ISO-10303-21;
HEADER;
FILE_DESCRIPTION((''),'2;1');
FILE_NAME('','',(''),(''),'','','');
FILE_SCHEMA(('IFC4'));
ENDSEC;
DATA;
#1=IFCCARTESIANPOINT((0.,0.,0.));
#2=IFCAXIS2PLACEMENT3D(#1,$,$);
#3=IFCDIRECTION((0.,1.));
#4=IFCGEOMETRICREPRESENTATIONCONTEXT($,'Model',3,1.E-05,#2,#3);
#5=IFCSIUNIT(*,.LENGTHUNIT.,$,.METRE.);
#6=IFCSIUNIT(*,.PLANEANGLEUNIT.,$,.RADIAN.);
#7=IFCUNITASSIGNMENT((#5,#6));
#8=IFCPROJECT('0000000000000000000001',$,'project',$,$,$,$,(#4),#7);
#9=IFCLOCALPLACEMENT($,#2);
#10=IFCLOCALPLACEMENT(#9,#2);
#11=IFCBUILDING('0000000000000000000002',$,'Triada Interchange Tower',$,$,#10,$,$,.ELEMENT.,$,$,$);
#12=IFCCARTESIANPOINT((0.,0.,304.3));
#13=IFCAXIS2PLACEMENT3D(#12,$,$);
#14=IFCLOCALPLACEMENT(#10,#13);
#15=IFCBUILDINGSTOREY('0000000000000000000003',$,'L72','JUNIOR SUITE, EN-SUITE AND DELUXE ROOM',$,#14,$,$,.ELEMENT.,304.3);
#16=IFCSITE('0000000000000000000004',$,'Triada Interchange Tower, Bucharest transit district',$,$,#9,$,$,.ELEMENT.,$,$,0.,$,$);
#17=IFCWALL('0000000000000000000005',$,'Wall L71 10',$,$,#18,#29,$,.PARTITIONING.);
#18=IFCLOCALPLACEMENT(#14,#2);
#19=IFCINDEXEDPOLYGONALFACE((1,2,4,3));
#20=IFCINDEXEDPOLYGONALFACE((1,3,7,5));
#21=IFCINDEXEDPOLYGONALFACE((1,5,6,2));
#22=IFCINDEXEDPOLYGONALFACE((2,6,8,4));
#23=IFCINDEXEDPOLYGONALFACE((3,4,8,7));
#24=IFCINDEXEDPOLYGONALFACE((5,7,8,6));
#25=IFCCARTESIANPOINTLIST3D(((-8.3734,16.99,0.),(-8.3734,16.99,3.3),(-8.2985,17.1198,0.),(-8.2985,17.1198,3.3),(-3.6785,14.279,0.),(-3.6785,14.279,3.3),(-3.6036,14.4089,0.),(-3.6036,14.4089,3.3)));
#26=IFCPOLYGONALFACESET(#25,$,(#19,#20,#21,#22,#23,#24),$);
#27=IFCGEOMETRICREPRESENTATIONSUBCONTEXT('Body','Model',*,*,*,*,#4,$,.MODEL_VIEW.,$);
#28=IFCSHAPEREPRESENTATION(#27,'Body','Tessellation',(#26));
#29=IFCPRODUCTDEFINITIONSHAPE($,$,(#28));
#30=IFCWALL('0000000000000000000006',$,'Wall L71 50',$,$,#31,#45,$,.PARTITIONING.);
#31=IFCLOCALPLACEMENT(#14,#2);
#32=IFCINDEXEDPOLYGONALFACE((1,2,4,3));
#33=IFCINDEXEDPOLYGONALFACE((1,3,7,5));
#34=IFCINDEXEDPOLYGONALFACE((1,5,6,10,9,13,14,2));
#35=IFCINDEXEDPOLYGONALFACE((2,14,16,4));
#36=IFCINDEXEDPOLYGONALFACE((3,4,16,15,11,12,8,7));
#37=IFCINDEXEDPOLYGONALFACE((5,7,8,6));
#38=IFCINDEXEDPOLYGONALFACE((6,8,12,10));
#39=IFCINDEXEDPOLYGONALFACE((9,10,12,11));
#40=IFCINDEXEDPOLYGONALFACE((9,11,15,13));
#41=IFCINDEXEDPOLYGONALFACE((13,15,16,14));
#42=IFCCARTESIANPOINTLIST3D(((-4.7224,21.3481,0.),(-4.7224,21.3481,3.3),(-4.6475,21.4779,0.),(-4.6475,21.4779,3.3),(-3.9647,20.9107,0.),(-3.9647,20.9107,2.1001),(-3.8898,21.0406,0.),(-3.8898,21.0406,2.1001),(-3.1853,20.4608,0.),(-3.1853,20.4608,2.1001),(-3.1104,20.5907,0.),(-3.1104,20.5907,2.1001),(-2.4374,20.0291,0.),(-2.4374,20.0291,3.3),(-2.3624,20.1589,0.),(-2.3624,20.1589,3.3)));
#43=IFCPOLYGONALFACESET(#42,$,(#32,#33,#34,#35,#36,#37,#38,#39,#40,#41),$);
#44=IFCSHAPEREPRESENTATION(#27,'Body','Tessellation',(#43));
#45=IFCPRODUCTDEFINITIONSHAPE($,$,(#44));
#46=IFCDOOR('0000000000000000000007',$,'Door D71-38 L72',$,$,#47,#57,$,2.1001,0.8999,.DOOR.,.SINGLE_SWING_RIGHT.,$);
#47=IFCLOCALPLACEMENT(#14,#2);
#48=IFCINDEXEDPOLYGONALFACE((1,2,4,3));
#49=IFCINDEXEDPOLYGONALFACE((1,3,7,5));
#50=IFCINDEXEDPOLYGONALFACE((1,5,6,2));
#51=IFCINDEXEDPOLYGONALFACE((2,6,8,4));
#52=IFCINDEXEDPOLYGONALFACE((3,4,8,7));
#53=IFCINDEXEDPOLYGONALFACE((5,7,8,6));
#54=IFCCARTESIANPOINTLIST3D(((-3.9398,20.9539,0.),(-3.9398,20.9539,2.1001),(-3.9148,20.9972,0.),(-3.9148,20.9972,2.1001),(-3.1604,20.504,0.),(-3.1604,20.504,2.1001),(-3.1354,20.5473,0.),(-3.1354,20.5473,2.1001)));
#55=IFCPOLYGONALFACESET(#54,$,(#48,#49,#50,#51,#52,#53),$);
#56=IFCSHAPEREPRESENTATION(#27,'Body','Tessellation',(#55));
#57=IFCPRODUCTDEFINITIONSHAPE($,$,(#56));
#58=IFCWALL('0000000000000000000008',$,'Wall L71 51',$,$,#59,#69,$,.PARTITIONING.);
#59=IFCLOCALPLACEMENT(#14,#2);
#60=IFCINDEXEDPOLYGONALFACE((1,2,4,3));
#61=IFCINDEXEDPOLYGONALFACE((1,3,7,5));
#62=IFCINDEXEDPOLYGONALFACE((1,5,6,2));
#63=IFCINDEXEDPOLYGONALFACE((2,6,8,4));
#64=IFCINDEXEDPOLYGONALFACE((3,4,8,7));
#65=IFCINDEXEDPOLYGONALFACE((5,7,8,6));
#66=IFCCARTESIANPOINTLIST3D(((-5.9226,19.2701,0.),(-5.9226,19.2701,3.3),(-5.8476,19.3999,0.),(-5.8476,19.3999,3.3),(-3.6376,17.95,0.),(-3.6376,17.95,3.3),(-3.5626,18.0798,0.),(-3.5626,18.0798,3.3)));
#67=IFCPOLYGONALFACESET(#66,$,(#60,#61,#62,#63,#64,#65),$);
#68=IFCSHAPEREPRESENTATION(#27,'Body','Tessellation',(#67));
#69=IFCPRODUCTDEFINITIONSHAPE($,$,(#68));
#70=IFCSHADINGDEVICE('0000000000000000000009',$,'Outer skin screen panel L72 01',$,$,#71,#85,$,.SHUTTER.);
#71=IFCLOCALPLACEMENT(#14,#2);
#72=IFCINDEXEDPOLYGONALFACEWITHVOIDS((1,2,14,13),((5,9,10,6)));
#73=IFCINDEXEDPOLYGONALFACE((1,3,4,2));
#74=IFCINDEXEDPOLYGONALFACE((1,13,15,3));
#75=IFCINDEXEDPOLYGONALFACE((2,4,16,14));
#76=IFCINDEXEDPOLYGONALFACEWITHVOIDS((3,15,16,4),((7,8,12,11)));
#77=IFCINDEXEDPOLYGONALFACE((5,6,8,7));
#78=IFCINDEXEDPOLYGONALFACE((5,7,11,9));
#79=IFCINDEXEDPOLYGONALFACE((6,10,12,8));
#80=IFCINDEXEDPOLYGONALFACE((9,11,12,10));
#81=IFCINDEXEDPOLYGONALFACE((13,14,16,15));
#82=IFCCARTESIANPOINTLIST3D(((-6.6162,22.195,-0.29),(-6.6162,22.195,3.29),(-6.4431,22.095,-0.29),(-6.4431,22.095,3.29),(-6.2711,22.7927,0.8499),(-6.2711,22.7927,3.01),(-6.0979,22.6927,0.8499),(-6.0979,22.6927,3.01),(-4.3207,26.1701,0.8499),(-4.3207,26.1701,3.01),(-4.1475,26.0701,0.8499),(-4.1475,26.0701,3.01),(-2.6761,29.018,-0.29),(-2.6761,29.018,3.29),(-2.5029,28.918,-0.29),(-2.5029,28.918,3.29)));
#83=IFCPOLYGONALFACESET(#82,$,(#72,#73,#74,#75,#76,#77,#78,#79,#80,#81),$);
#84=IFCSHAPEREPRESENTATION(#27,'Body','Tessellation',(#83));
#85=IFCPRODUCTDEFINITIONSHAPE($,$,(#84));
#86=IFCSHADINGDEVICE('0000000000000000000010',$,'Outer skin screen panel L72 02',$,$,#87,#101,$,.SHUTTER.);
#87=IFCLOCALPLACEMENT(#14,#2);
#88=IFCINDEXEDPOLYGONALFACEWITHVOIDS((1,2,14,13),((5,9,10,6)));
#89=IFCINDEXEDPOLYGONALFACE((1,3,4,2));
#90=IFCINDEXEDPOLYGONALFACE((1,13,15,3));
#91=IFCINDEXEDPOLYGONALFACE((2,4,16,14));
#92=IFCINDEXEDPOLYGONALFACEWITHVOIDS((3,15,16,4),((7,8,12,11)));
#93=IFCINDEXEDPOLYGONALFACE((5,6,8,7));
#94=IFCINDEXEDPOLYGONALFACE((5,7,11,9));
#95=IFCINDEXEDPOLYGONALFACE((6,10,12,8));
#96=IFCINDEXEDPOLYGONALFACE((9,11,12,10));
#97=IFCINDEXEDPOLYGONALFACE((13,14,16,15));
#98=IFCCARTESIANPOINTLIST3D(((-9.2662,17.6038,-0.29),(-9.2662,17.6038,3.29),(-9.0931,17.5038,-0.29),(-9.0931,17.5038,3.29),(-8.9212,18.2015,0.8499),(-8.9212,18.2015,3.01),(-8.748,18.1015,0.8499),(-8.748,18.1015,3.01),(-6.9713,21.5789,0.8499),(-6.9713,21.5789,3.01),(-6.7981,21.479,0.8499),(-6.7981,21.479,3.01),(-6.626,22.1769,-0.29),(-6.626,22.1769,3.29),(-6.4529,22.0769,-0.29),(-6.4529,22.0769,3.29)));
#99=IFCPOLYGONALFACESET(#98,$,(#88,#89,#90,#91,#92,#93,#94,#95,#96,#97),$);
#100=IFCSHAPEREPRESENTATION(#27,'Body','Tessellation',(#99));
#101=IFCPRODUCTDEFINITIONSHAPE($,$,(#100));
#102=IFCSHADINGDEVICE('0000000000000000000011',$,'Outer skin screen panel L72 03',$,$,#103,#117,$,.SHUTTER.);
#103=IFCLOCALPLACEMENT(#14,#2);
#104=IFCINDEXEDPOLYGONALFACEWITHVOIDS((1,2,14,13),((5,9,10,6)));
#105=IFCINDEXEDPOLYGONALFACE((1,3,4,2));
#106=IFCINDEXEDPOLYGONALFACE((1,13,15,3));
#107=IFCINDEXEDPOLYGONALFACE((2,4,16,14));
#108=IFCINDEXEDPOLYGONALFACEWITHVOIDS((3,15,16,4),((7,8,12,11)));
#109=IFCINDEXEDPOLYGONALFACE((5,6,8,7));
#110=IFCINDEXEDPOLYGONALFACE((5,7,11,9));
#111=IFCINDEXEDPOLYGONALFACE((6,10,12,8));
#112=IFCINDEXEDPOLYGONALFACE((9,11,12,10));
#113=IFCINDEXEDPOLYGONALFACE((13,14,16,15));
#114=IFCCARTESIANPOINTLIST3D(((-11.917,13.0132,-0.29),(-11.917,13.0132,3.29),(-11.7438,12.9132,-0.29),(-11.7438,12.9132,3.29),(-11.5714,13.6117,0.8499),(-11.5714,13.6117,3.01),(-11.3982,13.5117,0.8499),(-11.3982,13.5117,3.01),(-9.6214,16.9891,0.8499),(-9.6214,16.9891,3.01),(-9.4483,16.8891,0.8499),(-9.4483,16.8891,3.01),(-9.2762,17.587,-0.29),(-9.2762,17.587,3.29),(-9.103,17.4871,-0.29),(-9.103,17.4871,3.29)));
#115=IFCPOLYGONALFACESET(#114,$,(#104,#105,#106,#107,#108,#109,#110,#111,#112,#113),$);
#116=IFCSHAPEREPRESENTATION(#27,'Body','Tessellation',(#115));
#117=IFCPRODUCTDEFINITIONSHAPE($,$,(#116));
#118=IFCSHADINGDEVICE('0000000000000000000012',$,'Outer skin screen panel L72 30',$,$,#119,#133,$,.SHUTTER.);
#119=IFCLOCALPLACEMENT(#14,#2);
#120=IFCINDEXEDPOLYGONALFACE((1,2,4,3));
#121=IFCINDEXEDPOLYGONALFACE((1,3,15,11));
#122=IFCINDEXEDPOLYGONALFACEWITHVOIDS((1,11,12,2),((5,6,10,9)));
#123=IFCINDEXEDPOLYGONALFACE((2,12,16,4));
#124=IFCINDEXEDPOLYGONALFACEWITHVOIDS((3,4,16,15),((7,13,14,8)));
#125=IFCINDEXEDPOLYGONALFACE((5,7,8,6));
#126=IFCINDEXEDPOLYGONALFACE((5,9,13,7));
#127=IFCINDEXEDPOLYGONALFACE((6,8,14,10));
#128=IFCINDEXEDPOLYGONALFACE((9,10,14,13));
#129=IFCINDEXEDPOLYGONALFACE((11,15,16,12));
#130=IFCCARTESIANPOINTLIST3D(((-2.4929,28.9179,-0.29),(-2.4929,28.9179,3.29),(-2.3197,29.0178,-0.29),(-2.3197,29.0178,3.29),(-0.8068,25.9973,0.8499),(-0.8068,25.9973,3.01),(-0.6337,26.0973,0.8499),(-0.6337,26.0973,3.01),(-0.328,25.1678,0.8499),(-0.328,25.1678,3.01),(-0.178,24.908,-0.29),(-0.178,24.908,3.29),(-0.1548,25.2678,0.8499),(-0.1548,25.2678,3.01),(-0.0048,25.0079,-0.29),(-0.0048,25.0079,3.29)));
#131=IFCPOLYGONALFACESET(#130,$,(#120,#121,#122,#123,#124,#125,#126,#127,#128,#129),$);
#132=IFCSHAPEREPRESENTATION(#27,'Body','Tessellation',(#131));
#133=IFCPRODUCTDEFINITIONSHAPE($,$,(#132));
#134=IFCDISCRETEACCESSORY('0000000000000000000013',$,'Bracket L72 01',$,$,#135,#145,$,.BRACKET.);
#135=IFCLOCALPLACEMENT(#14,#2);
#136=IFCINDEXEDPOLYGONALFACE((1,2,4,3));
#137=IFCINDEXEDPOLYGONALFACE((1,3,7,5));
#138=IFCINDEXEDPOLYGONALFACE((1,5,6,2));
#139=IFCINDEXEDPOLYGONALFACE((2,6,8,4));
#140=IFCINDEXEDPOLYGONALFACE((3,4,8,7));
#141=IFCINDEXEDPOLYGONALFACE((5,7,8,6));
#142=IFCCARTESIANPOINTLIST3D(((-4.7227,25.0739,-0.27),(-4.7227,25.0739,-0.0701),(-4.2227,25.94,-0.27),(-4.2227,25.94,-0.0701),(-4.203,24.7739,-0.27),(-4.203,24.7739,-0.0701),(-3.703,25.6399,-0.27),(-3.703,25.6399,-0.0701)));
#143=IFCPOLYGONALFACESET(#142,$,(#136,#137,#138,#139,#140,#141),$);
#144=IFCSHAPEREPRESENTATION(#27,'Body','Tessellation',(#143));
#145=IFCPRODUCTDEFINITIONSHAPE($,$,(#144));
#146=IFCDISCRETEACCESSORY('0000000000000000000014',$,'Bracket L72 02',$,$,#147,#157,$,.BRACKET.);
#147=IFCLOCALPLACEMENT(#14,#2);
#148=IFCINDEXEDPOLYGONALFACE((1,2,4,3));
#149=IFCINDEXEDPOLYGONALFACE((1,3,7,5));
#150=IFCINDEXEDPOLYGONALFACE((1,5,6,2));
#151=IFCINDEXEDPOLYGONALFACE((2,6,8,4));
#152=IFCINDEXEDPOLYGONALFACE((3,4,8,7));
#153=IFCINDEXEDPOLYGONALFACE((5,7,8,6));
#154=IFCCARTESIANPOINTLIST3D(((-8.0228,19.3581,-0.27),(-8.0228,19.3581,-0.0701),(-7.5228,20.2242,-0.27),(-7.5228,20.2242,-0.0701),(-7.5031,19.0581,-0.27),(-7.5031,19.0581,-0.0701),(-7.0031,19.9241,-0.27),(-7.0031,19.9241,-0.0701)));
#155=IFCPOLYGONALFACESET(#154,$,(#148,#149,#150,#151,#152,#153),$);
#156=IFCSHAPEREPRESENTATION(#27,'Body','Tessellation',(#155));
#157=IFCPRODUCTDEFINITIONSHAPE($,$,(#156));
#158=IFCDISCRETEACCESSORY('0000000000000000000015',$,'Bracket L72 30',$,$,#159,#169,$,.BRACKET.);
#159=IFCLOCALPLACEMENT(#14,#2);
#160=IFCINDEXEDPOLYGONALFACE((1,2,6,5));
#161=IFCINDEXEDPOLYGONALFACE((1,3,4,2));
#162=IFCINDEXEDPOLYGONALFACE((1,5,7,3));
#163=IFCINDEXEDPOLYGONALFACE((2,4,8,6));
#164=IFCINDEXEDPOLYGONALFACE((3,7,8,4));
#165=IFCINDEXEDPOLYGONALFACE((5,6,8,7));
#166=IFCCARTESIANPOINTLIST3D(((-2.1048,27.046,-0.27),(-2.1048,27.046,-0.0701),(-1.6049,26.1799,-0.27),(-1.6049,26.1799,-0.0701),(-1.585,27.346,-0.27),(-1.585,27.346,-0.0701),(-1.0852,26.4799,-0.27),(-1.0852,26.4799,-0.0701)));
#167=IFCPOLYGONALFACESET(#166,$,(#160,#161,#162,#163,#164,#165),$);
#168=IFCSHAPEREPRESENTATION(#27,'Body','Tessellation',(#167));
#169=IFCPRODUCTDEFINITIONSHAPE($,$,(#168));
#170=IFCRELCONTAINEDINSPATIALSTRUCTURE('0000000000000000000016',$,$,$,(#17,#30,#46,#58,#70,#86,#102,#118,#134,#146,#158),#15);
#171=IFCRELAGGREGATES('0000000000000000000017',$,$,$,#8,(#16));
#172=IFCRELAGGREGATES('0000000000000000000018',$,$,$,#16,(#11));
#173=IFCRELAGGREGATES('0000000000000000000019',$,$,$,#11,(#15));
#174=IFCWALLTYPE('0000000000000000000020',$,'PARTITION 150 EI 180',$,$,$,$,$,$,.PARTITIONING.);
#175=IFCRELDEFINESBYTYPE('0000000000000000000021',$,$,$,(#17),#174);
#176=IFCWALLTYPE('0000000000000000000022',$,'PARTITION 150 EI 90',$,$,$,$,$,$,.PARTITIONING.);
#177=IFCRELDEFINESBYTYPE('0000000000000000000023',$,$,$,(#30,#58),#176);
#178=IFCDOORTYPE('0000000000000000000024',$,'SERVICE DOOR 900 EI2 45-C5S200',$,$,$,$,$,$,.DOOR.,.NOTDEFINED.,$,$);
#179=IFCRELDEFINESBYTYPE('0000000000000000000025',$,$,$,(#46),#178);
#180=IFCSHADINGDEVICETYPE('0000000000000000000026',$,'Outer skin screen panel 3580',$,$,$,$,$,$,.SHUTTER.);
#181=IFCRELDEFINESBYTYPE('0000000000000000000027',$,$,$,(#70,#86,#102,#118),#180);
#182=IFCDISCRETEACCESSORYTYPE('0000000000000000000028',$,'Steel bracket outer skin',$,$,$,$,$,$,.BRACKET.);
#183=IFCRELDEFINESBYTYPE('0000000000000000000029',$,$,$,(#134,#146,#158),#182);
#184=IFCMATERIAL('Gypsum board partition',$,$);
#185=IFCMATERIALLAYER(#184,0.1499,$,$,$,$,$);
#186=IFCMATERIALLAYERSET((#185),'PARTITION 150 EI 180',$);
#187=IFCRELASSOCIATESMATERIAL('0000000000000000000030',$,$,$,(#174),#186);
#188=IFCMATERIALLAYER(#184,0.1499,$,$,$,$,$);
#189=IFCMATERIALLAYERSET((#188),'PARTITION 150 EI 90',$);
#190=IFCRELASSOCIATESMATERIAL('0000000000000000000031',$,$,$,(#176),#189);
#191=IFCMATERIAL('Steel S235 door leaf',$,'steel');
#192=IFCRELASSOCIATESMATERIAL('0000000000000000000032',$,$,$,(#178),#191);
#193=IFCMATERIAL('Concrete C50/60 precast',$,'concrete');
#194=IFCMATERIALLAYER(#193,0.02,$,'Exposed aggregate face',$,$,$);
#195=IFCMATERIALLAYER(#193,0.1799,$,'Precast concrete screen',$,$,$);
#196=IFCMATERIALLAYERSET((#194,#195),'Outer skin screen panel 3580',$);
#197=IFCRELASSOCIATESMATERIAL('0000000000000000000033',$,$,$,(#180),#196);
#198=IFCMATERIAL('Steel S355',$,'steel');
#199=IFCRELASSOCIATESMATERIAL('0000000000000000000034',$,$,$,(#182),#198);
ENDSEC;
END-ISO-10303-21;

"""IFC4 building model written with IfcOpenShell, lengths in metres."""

from ifc_helpers import new_model, si_unit, direction, frame, frame_2d, origin, origin_2d, place, context, subcontext, project, spatial, polyline, rectangle, outline, extrude, material, layer, layer_set, type_object, element, fill, save


model = new_model("IFC4")

# Units and contexts
model_context = context("Model", 3, precision=1e-05, world=origin(), true_north=direction((0.0, 1.0)))
body_context = subcontext(model_context, "Body", "Model", "MODEL_VIEW")
ifc_project = project(units=[si_unit("LENGTHUNIT", "METRE"), si_unit("PLANEANGLEUNIT", "RADIAN")], contexts=[model_context])

# Site, building, storey
site_placement = place(None, origin())
site = spatial("IfcSite", under=ifc_project, at=site_placement, Name="Triada Interchange Tower, Bucharest transit district", CompositionType="ELEMENT", RefElevation=0.0)
building_placement = place(site_placement, origin())
building = spatial("IfcBuilding", under=site, at=building_placement, Name="Triada Interchange Tower", CompositionType="ELEMENT")
storey_placement = place(building_placement, frame((0.0, 0.0, 304.3)))
storey = spatial("IfcBuildingStorey", under=building, at=storey_placement, Name="L72", Description="JUNIOR SUITE, EN-SUITE AND DELUXE ROOM", CompositionType="ELEMENT", Elevation=304.3)

# Wall
ifc_material_1 = material(Name="Gypsum board partition")
ifc_layer_1 = layer(ifc_material_1, 0.1499)
ifc_layer_set_1 = layer_set([ifc_layer_1], Name="PARTITION 150 EI 180")
wall_type_1 = type_object("IfcWallType", Name="PARTITION 150 EI 180", PredefinedType="PARTITIONING", material=ifc_layer_set_1)
wall_1_placement = place(storey_placement, frame((-8.3359, 17.0549, 0.0), z_axis=(0.0, 0.0, 1.0), x_axis=(0.865995, -0.500052, 0.0)))
element("IfcWall", 1, at=wall_1_placement, inside=storey, type_object=wall_type_1, Name="Wall L71 10", PredefinedType="PARTITIONING", context=body_context, shape_type="SweptSolid", body=[
    extrude(rectangle(XDim=5.4214, YDim=0.1499, at=frame_2d((2.7107, 0.0))), origin(), (0.0, 0.0, 1.0), 3.3),
])

# Wall, opening, door
ifc_layer_2 = layer(ifc_material_1, 0.1499)
ifc_layer_set_2 = layer_set([ifc_layer_2], Name="PARTITION 150 EI 90")
wall_type_2 = type_object("IfcWallType", Name="PARTITION 150 EI 90", PredefinedType="PARTITIONING", material=ifc_layer_set_2)
wall_2_placement = place(storey_placement, frame((-4.6851, 21.4131, 0.0), z_axis=(0.0, 0.0, 1.0), x_axis=(0.866065, -0.499931, 0.0)))
wall_2 = element("IfcWall", 2, at=wall_2_placement, inside=storey, type_object=wall_type_2, Name="Wall L71 50", PredefinedType="PARTITIONING", context=body_context, shape_type="SweptSolid", body=[
    extrude(rectangle(XDim=2.6384, YDim=0.1499, at=frame_2d((1.3193, 0.0))), origin(), (0.0, 0.0, 1.0), 3.3),
])
opening_1_placement = place(wall_2_placement, frame((0.875, 0.0, 0.0)))
opening_1 = element("IfcOpeningElement", 3, at=opening_1_placement, cuts=wall_2, PredefinedType="OPENING", context=body_context, shape_type="SweptSolid", body=[
    extrude(rectangle(XDim=0.8999, YDim=2.1001, at=frame_2d((0.45, 1.05))), frame((0.0, 0.085, 0.0), z_axis=(0.0, -1.0, 0.0), x_axis=(1.0, 0.0, 0.0)), (0.0, 0.0, 1.0), 0.1699),
])
ifc_material_2 = material(Name="Steel S235 door leaf", Category="steel")
door_type = type_object("IfcDoorType", Name="SERVICE DOOR 900 EI2 45-C5S200", OperationType="NOTDEFINED", PredefinedType="DOOR", material=ifc_material_2)
door_placement = place(opening_1_placement, origin())
door = element("IfcDoor", 4, at=door_placement, inside=storey, type_object=door_type, Name="Door D71-38 L72", OperationType="SINGLE_SWING_RIGHT", OverallHeight=2.1001, OverallWidth=0.8999, PredefinedType="DOOR", context=body_context, shape_type="SweptSolid", body=[
    extrude(rectangle(XDim=0.8999, YDim=2.1001, at=frame_2d((0.45, 1.05))), frame((0.0, 0.0249, 0.0), z_axis=(0.0, -1.0, 0.0), x_axis=(1.0, 0.0, 0.0)), (0.0, 0.0, 1.0), 0.05),
])
fill(opening_1, door)

# Wall
wall_3_placement = place(storey_placement, frame((-5.885, 19.335, 0.0), z_axis=(0.0, 0.0, 1.0), x_axis=(0.865882, -0.500248, 0.0)))
element("IfcWall", 5, at=wall_3_placement, inside=storey, type_object=wall_type_2, Name="Wall L71 51", PredefinedType="PARTITIONING", context=body_context, shape_type="SweptSolid", body=[
    extrude(rectangle(XDim=2.6389, YDim=0.1499, at=frame_2d((1.3193, 0.0))), origin(), (0.0, 0.0, 1.0), 3.3),
])

# Shading devices
ifc_material_3 = material(Name="Concrete C50/60 precast", Category="concrete")
ifc_layer_3 = layer(ifc_material_3, 0.02, Name="Exposed aggregate face")
ifc_layer_4 = layer(ifc_material_3, 0.1799, Name="Precast concrete screen")
ifc_layer_set_3 = layer_set([ifc_layer_3, ifc_layer_4], Name="Outer skin screen panel 3580")
shading_device_type = type_object("IfcShadingDeviceType", Name="Outer skin screen panel 3580", PredefinedType="SHUTTER", material=ifc_layer_set_3)
shading_device_1_placement = place(storey_placement, frame((-2.5029, 28.918, -0.29), z_axis=(0.0, 0.0, 1.0), x_axis=(-0.500088, -0.865975, 0.0)))
element("IfcShadingDevice", 6, at=shading_device_1_placement, inside=storey, type_object=shading_device_type, Name="Outer skin screen panel L72 01", PredefinedType="SHUTTER", context=body_context, shape_type="SweptSolid", body=[
    extrude(outline(polyline([(0.0, 0.0), (7.8789, 0.0), (7.8789, 3.5801), (0.0, 3.5801), (0.0, 0.0)]), holes=[polyline([(3.2886, 1.1399), (3.2886, 3.3), (7.1887, 3.3), (7.1887, 1.1399), (3.2886, 1.1399)])]), frame((0.0, 0.0, 0.0), z_axis=(0.0, -1.0, 0.0), x_axis=(1.0, 0.0, 0.0)), (0.0, 0.0, 1.0), 0.2),
])
shading_device_2_placement = place(storey_placement, frame((-6.4529, 22.0769, -0.29), z_axis=(0.0, 0.0, 1.0), x_axis=(-0.499988, -0.866032, 0.0)))
element("IfcShadingDevice", 7, at=shading_device_2_placement, inside=storey, type_object=shading_device_type, Name="Outer skin screen panel L72 02", PredefinedType="SHUTTER", context=body_context, shape_type="SweptSolid", body=[
    extrude(outline(polyline([(0.0, 0.0), (5.2805, 0.0), (5.2805, 3.5801), (0.0, 3.5801), (0.0, 0.0)]), holes=[polyline([(0.6904, 1.1399), (0.6904, 3.3), (4.5903, 3.3), (4.5903, 1.1399), (0.6904, 1.1399)])]), frame((0.0, 0.0, 0.0), z_axis=(0.0, -1.0, 0.0), x_axis=(1.0, 0.0, 0.0)), (0.0, 0.0, 1.0), 0.2),
])
shading_device_3_placement = place(storey_placement, frame((-9.103, 17.4871, -0.29), z_axis=(0.0, 0.0, 1.0), x_axis=(-0.500012, -0.866019, 0.0)))
element("IfcShadingDevice", 8, at=shading_device_3_placement, inside=storey, type_object=shading_device_type, Name="Outer skin screen panel L72 03", PredefinedType="SHUTTER", context=body_context, shape_type="SweptSolid", body=[
    extrude(outline(polyline([(0.0, 0.0), (5.2815, 0.0), (5.2815, 3.5801), (0.0, 3.5801), (0.0, 0.0)]), holes=[polyline([(0.6904, 1.1399), (0.6904, 3.3), (4.5903, 3.3), (4.5903, 1.1399), (0.6904, 1.1399)])]), frame((0.0, 0.0, 0.0), z_axis=(0.0, -1.0, 0.0), x_axis=(1.0, 0.0, 0.0)), (0.0, 0.0, 1.0), 0.2),
])
shading_device_4_placement = place(storey_placement, frame((-0.178, 24.908, -0.29), z_axis=(0.0, 0.0, 1.0), x_axis=(-0.499961, 0.866048, 0.0)))
element("IfcShadingDevice", 9, at=shading_device_4_placement, inside=storey, type_object=shading_device_type, Name="Outer skin screen panel L72 30", PredefinedType="SHUTTER", context=body_context, shape_type="SweptSolid", body=[
    extrude(outline(polyline([(0.0, 0.0), (4.6301, 0.0), (4.6301, 3.5801), (0.0, 3.5801), (0.0, 0.0)]), holes=[polyline([(0.3, 1.1399), (0.3, 3.3), (1.2578, 3.3), (1.2578, 1.1399), (0.3, 1.1399)])]), frame((0.0, 0.0, 0.0), z_axis=(0.0, -1.0, 0.0), x_axis=(1.0, 0.0, 0.0)), (0.0, 0.0, 1.0), 0.2),
])

# Discrete accessories
ifc_material_4 = material(Name="Steel S355", Category="steel")
discrete_accessory_type = type_object("IfcDiscreteAccessoryType", Name="Steel bracket outer skin", PredefinedType="BRACKET", material=ifc_material_4)
for number, where, z_axis, x_axis, name in (
    (10, (-4.2129, 25.3569, -0.27), (0.0, 0.0, 1.0), (-0.866027, 0.499997, 0.0), "Bracket L72 01"),
    (11, (-7.5129, 19.6411, -0.27), (0.0, 0.0, 1.0), (-0.866027, 0.499997, 0.0), "Bracket L72 02"),
    (12, (-1.595, 26.7629, -0.27), (0.0, 0.0, 1.0), (0.866092, 0.499884, 0.0), "Bracket L72 30"),
):
    element("IfcDiscreteAccessory", number, at=place(storey_placement, frame(where, z_axis=z_axis, x_axis=x_axis)), inside=storey, type_object=discrete_accessory_type, Name=name, PredefinedType="BRACKET", context=body_context, shape_type="SweptSolid", body=[
        extrude(rectangle(XDim=0.6001, YDim=1.0, at=origin_2d()), origin(), (0.0, 0.0, 1.0), 0.2),
    ])

save(model, "model.ifc")
